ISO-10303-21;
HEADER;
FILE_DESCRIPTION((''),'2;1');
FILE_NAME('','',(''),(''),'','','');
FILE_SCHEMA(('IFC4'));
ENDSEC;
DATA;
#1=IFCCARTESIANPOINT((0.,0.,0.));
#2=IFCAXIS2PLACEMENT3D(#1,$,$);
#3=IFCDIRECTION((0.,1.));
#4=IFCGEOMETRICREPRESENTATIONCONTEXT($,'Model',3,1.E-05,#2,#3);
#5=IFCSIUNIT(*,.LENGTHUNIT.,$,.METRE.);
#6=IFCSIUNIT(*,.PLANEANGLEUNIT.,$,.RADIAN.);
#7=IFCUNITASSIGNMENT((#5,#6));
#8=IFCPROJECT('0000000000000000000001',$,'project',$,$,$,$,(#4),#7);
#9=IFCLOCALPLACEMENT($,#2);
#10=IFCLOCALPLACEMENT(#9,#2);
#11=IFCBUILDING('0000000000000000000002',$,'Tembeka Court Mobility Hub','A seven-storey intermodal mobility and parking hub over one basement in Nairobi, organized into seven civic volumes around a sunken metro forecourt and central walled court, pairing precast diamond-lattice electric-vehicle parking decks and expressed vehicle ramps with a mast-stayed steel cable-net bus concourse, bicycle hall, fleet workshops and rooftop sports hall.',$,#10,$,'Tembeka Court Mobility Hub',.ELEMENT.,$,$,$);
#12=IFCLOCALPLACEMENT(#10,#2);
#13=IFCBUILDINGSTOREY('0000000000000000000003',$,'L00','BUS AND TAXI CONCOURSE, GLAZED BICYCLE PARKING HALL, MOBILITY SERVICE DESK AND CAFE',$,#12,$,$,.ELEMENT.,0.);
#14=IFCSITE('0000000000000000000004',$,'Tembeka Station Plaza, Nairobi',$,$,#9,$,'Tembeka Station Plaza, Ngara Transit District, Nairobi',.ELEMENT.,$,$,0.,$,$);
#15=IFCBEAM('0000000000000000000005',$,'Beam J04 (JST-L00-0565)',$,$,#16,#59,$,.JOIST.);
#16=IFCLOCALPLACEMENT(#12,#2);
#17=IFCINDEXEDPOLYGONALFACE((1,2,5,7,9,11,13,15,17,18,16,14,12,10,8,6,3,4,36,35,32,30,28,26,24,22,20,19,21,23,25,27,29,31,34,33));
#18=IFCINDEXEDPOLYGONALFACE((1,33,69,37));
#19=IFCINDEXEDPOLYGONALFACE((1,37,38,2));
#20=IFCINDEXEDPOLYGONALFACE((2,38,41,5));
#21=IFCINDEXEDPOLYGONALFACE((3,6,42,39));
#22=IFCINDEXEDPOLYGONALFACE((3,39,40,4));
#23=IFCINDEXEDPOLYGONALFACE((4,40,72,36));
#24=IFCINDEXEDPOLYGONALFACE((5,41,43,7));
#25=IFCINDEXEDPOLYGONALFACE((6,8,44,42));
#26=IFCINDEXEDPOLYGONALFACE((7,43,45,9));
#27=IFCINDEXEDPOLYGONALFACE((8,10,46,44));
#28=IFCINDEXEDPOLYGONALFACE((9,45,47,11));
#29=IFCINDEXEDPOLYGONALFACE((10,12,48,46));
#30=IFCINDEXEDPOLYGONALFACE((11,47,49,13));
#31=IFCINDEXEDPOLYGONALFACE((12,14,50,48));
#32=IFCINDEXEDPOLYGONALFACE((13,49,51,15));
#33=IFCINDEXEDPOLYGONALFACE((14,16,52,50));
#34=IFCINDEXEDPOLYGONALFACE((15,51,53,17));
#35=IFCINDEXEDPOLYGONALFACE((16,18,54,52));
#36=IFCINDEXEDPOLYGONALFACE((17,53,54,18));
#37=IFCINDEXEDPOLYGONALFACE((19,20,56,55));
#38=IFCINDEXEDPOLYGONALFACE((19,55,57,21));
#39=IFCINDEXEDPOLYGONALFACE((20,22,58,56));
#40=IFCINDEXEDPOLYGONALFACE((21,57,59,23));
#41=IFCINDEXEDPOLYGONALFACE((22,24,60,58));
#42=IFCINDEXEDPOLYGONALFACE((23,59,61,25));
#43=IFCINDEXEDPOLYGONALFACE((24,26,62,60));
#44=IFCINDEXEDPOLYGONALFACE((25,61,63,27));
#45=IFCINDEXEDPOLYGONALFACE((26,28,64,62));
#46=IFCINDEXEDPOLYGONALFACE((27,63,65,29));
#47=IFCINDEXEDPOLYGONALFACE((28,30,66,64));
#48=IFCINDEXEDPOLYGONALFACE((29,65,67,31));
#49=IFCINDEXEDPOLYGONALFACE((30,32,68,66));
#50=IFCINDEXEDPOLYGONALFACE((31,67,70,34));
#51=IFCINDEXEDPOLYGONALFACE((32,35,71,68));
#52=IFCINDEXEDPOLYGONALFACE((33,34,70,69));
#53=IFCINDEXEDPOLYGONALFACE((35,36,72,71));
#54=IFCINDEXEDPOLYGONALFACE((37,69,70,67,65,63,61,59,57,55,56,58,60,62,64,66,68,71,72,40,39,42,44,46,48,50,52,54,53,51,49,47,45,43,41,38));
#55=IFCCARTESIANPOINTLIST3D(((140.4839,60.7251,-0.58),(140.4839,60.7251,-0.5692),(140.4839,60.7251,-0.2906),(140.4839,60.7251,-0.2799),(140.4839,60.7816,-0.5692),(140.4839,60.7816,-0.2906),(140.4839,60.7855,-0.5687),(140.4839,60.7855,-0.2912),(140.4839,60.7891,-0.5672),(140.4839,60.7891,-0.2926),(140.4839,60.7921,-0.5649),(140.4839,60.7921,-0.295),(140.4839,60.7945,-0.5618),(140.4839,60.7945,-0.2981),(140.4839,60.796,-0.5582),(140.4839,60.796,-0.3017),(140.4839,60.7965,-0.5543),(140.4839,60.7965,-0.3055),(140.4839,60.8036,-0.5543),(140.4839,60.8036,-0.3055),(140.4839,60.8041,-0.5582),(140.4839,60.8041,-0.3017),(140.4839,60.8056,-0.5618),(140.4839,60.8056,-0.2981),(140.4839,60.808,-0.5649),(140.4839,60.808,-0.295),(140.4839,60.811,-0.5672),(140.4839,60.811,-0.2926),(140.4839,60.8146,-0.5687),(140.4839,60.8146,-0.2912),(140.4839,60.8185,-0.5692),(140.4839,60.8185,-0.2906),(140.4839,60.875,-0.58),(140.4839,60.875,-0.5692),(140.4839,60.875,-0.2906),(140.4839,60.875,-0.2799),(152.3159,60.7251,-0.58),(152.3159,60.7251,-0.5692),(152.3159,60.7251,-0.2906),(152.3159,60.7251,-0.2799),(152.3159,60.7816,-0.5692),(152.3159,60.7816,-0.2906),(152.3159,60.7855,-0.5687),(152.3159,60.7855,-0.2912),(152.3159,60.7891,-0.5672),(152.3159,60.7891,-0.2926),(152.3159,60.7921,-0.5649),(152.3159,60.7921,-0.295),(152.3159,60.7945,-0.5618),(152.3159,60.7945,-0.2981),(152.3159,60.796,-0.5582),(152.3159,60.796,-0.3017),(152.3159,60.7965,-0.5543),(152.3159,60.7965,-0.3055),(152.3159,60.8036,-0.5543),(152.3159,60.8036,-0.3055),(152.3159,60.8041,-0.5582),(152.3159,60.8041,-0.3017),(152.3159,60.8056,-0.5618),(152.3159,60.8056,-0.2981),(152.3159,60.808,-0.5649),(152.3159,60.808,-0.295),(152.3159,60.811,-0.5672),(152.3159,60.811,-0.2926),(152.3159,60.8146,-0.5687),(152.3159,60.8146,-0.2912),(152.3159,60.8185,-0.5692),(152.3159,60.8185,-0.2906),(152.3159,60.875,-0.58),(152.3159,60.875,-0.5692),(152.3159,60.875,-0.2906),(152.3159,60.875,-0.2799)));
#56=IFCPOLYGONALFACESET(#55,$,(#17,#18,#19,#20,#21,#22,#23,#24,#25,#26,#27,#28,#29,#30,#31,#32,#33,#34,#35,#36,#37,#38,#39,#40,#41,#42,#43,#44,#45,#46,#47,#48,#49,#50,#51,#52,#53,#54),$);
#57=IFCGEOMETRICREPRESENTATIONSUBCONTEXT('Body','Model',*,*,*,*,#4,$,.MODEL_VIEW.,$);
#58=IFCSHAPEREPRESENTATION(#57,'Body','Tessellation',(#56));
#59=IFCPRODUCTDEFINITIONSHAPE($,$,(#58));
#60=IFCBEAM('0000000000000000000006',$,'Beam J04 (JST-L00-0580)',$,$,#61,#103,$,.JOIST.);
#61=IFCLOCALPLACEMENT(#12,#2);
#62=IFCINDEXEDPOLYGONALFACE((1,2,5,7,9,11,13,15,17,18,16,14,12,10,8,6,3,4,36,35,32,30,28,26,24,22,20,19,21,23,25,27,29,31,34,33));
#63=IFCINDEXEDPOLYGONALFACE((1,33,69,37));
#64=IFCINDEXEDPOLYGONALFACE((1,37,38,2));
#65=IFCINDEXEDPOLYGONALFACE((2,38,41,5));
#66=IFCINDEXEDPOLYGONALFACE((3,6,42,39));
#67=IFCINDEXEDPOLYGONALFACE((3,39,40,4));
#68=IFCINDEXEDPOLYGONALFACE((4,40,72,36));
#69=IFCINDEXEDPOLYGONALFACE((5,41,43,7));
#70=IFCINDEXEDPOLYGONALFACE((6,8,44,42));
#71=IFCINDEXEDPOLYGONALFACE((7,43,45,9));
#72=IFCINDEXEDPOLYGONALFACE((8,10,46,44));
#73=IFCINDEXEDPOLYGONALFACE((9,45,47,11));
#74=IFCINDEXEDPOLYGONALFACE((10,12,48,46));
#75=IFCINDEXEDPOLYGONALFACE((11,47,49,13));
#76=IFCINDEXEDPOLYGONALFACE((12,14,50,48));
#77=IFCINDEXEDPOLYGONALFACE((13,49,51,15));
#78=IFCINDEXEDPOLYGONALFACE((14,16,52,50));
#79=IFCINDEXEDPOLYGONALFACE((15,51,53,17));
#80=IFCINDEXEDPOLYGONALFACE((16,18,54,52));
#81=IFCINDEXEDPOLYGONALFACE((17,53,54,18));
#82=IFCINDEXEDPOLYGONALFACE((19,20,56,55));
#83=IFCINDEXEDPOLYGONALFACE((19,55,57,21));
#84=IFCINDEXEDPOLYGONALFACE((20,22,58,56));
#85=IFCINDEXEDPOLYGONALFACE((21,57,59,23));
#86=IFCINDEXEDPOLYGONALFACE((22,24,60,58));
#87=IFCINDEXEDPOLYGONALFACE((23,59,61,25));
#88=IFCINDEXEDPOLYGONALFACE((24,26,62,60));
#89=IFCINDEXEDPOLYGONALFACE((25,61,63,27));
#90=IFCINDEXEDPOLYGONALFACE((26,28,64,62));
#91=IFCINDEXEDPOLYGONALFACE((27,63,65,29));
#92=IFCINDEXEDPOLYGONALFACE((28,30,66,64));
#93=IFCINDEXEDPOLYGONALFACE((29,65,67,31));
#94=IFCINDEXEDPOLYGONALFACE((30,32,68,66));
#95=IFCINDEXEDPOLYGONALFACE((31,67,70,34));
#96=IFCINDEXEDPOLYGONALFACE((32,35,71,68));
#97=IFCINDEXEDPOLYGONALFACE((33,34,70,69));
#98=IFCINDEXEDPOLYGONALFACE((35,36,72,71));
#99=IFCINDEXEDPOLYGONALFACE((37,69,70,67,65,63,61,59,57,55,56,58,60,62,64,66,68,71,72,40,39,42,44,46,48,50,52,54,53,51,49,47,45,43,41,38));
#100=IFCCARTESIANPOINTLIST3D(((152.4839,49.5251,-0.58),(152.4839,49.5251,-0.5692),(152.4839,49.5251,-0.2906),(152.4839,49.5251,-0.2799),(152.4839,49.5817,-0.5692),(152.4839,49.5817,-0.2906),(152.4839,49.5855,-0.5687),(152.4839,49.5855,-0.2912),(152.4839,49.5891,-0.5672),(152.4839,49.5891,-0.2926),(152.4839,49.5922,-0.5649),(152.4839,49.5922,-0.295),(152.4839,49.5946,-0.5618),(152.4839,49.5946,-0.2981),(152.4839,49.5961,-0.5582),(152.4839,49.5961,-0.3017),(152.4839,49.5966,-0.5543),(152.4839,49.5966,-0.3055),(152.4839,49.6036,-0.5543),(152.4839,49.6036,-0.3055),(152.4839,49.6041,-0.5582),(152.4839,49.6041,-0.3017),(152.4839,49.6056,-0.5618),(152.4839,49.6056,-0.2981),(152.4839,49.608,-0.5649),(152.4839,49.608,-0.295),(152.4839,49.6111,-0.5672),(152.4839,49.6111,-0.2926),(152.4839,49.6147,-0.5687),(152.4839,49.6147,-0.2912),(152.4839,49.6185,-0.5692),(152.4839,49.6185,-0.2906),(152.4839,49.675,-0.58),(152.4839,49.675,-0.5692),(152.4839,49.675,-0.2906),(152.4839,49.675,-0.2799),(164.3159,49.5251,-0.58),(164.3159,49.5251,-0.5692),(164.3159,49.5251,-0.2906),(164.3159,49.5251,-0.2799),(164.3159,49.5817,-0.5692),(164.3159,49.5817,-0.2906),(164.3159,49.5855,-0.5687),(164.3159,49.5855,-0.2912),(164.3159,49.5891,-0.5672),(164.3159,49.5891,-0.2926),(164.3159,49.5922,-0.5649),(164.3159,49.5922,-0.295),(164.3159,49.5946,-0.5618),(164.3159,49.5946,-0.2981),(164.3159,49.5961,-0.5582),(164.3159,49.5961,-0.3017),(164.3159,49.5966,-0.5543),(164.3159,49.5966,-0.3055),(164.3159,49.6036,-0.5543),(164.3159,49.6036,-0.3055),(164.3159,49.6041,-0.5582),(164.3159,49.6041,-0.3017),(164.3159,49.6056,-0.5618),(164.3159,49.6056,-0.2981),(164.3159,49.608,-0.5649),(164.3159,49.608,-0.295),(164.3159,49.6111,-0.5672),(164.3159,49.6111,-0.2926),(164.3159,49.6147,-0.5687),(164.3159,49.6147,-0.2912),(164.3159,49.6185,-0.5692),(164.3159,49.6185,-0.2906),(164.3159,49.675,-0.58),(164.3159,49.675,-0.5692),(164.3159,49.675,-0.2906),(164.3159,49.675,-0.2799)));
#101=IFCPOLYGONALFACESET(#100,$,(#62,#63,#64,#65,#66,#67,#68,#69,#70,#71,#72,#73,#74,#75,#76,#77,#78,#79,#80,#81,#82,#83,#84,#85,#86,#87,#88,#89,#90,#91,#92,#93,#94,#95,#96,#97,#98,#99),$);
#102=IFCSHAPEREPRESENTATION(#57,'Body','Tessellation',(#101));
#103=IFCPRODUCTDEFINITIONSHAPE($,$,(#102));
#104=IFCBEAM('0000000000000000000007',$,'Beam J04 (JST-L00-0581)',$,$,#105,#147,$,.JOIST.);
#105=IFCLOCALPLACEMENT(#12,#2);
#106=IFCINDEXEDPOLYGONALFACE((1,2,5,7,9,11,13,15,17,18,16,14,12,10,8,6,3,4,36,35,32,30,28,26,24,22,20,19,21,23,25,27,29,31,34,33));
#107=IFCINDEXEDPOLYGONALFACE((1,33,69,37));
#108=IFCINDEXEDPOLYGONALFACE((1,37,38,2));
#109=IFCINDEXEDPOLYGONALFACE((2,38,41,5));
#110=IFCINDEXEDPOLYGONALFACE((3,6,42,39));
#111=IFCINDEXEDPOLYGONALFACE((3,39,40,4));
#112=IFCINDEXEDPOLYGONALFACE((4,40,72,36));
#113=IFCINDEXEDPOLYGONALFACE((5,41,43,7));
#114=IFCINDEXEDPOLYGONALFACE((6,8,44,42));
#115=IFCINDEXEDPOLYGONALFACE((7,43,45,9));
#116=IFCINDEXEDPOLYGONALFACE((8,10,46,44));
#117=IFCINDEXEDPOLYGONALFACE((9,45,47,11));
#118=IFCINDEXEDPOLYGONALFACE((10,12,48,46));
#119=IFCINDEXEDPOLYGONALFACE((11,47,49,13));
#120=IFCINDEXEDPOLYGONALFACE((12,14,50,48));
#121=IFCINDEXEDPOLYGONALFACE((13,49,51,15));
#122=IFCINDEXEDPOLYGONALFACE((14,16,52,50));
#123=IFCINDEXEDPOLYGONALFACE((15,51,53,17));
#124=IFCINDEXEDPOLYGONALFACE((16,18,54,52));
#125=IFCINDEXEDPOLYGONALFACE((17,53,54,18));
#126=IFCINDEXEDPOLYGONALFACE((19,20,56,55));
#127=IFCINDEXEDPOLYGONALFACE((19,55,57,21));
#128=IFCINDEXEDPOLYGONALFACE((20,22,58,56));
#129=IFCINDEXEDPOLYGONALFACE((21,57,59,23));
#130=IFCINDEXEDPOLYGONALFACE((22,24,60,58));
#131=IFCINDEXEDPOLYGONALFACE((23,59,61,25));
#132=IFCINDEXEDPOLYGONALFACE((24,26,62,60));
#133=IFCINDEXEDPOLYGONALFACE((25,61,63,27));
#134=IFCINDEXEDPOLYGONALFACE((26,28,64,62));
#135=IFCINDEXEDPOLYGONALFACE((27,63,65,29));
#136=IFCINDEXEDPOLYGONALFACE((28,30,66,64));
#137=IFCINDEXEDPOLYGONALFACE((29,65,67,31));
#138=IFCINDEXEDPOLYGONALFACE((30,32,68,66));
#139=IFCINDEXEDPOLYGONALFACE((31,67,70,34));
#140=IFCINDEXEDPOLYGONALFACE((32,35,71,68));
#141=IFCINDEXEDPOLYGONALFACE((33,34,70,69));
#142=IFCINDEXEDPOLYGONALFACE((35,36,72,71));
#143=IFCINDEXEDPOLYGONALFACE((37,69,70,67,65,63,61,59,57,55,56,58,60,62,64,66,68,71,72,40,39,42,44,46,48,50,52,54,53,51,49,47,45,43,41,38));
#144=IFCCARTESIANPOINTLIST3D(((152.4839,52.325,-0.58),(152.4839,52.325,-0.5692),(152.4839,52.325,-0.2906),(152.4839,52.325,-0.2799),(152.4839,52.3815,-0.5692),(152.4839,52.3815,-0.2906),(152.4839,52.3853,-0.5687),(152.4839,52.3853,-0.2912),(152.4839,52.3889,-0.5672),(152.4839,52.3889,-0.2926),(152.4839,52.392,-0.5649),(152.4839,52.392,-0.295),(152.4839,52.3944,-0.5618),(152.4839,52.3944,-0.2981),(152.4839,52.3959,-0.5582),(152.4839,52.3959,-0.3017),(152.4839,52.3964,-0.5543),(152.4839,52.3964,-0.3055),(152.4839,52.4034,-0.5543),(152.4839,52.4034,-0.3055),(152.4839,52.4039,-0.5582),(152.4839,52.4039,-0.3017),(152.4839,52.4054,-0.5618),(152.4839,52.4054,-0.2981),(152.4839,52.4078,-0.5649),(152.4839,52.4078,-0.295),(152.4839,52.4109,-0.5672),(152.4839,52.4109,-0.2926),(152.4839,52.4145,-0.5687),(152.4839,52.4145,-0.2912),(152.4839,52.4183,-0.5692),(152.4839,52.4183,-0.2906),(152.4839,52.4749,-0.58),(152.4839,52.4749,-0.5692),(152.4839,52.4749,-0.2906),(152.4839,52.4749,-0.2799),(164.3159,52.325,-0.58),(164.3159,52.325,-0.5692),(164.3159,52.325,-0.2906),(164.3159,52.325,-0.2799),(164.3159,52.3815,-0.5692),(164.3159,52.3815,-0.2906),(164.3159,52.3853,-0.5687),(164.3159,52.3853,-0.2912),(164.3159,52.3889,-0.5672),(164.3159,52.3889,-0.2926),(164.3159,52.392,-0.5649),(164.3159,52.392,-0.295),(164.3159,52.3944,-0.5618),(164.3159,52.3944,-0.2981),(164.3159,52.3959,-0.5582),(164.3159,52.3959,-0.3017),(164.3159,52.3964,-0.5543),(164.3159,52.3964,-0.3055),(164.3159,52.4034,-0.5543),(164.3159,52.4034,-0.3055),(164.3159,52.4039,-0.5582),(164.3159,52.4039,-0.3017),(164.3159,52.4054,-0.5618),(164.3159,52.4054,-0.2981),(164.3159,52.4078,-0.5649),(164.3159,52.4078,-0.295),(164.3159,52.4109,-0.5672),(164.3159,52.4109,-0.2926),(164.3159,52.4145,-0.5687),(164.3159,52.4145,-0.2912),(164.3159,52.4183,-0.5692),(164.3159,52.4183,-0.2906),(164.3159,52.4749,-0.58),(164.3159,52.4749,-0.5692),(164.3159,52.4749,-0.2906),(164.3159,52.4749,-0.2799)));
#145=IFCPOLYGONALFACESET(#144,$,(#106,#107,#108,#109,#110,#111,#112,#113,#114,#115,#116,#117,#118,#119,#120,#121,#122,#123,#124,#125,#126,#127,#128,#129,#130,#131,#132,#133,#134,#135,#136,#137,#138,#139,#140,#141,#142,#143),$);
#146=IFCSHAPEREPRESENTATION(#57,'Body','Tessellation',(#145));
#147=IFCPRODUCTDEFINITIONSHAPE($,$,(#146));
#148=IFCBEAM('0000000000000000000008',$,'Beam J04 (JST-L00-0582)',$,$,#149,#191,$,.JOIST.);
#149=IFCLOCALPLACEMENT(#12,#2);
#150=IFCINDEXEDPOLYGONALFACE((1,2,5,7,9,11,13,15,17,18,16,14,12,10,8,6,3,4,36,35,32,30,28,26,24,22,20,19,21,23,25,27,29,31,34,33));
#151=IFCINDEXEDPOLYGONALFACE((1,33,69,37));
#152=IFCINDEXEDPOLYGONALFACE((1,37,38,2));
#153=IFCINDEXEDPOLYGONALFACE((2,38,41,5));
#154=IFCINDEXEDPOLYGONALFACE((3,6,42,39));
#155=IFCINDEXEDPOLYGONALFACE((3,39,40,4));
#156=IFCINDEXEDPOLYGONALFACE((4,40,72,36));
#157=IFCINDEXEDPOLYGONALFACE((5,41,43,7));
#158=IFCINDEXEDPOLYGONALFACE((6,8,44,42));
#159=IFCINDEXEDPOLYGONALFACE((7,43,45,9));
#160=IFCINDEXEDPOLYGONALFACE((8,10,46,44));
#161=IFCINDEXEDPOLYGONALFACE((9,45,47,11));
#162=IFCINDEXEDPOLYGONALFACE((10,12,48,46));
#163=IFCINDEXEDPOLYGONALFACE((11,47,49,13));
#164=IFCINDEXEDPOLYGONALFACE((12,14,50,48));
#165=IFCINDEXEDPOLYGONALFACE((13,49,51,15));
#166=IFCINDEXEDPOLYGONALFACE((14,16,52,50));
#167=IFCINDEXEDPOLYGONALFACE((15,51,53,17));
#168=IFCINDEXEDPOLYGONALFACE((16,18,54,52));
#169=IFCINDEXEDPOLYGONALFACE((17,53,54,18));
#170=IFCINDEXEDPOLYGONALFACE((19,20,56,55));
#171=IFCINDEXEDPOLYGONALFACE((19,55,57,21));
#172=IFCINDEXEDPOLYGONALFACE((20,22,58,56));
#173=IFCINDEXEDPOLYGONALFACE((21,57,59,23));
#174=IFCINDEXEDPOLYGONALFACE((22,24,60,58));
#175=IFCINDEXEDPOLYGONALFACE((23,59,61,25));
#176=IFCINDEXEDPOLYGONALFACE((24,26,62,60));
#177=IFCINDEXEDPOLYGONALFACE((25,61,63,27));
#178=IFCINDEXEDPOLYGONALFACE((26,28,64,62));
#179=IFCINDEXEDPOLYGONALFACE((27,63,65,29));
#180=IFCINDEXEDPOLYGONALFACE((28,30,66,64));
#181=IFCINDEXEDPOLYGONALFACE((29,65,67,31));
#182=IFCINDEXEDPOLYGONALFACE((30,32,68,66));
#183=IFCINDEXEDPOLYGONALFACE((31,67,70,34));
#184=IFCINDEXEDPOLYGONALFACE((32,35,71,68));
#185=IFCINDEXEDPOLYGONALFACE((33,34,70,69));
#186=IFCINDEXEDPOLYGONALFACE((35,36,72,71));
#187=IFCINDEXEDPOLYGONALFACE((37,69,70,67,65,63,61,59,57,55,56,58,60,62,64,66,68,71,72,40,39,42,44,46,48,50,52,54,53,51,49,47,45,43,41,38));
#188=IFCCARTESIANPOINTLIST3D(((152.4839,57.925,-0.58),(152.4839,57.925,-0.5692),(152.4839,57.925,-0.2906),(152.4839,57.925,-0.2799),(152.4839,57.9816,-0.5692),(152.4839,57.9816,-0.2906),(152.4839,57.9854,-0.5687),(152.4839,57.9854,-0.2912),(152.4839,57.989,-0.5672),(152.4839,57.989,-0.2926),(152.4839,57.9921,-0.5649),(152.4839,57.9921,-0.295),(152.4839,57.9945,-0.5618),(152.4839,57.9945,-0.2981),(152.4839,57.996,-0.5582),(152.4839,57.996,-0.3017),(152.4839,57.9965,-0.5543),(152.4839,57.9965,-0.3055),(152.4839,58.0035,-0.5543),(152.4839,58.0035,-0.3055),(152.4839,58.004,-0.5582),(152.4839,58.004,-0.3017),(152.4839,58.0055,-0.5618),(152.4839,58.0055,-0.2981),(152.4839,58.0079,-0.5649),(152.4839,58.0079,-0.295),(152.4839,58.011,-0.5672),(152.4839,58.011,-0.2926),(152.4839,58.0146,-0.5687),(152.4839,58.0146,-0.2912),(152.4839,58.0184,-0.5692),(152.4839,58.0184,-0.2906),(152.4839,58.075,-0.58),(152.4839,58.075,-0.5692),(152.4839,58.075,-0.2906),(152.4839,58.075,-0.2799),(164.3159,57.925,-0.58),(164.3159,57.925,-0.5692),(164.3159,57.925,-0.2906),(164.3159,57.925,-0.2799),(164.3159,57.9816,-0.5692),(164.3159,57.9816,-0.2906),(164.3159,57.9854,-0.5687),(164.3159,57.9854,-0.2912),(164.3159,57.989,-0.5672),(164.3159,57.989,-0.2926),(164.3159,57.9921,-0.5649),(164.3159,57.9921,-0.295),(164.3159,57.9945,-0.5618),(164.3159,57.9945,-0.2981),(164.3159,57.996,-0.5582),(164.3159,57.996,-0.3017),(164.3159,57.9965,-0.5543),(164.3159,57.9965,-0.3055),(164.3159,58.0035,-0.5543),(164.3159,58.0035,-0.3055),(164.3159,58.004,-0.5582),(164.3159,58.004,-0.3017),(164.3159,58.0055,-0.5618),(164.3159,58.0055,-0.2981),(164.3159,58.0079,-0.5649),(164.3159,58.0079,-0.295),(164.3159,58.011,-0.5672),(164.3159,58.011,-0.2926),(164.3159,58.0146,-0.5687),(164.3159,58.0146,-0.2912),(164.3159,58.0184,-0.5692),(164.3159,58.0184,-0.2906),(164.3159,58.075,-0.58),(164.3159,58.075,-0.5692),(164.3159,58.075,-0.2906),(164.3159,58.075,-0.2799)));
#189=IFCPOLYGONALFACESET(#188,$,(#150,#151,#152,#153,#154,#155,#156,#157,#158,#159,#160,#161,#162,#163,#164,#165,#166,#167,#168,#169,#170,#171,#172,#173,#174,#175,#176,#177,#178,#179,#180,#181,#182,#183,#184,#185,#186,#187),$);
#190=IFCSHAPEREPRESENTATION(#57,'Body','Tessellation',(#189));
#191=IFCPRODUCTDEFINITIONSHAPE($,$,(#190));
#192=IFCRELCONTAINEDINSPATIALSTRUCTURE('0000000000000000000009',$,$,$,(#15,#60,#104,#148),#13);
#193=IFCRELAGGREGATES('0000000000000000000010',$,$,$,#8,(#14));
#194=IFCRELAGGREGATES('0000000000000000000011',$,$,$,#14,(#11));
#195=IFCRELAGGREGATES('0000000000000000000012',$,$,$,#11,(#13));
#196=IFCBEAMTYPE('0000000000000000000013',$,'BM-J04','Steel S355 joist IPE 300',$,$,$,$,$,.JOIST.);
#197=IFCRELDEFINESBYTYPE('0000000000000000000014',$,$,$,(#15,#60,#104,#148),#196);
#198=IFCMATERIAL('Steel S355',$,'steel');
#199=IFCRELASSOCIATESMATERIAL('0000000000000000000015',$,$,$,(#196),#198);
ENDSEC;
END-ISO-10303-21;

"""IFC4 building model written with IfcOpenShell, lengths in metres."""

from ifc_helpers import new_model, si_unit, direction, frame, origin, origin_2d, place, context, subcontext, project, spatial, i_section, extrude, material, material_profile, profile_set, type_object, element, save


model = new_model("IFC4")

# Units and contexts
model_context = context("Model", 3, precision=1e-05, world=origin(), true_north=direction((0.0, 1.0)))
body_context = subcontext(model_context, "Body", "Model", "MODEL_VIEW")
ifc_project = project(units=[si_unit("LENGTHUNIT", "METRE"), si_unit("PLANEANGLEUNIT", "RADIAN")], contexts=[model_context])

# Site, building, storey
site_placement = place(None, origin())
site = spatial("IfcSite", under=ifc_project, at=site_placement, Name="Tembeka Station Plaza, Nairobi", LongName="Tembeka Station Plaza, Ngara Transit District, Nairobi", CompositionType="ELEMENT", RefElevation=0.0)
building_placement = place(site_placement, origin())
building = spatial("IfcBuilding", under=site, at=building_placement, Name="Tembeka Court Mobility Hub", Description="A seven-storey intermodal mobility and parking hub over one basement in Nairobi, organized into seven civic volumes around a sunken metro forecourt and central walled court, pairing precast diamond-lattice electric-vehicle parking decks and expressed vehicle ramps with a mast-stayed steel cable-net bus concourse, bicycle hall, fleet workshops and rooftop sports hall.", LongName="Tembeka Court Mobility Hub", CompositionType="ELEMENT")
storey_placement = place(building_placement, origin())
storey = spatial("IfcBuildingStorey", under=building, at=storey_placement, Name="L00", Description="BUS AND TAXI CONCOURSE, GLAZED BICYCLE PARKING HALL, MOBILITY SERVICE DESK AND CAFE", CompositionType="ELEMENT", Elevation=0.0)

# Shared definitions
ifc_material = material(Name="Steel S355", Category="steel")

# Beams
ifc_material_profile_1 = material_profile(ifc_material, i_section(OverallWidth=0.1499, OverallDepth=0.3, WebThickness=0.0071, FlangeThickness=0.0107, FilletRadius=0.0149, at=origin_2d()), Name="IPE 300")
ifc_profile_set_1 = profile_set([ifc_material_profile_1], Name="Steel S355")
beam_type_1 = type_object("IfcBeamType", Name="BM-J04", Description="Steel S355 joist IPE 300", PredefinedType="JOIST", material=ifc_profile_set_1)
for number, where, z_axis, x_axis, name in (
    (1, (140.4839, 60.8, -0.4299), (1.0, 0.0, 0.0), (0.0, 1.0, 0.0), "Beam J04 (JST-L00-0565)"),
    (2, (152.4839, 49.6001, -0.4299), (1.0, 0.0, 0.0), (0.0, 1.0, 0.0), "Beam J04 (JST-L00-0580)"),
    (3, (152.4839, 52.3999, -0.4299), (1.0, 0.0, 0.0), (0.0, 1.0, 0.0), "Beam J04 (JST-L00-0581)"),
    (4, (152.4839, 58.0, -0.4299), (1.0, 0.0, 0.0), (0.0, 1.0, 0.0), "Beam J04 (JST-L00-0582)"),
):
    element("IfcBeam", number, at=place(storey_placement, frame(where, z_axis=z_axis, x_axis=x_axis)), inside=storey, type_object=beam_type_1, Name=name, PredefinedType="JOIST", context=body_context, shape_type="SweptSolid", body=[
        extrude(i_section(OverallWidth=0.1499, OverallDepth=0.3, WebThickness=0.0071, FlangeThickness=0.0107, FilletRadius=0.0149, at=origin_2d()), origin(), (0.0, 0.0, 1.0), 11.832),
    ])

save(model, "model.ifc")
